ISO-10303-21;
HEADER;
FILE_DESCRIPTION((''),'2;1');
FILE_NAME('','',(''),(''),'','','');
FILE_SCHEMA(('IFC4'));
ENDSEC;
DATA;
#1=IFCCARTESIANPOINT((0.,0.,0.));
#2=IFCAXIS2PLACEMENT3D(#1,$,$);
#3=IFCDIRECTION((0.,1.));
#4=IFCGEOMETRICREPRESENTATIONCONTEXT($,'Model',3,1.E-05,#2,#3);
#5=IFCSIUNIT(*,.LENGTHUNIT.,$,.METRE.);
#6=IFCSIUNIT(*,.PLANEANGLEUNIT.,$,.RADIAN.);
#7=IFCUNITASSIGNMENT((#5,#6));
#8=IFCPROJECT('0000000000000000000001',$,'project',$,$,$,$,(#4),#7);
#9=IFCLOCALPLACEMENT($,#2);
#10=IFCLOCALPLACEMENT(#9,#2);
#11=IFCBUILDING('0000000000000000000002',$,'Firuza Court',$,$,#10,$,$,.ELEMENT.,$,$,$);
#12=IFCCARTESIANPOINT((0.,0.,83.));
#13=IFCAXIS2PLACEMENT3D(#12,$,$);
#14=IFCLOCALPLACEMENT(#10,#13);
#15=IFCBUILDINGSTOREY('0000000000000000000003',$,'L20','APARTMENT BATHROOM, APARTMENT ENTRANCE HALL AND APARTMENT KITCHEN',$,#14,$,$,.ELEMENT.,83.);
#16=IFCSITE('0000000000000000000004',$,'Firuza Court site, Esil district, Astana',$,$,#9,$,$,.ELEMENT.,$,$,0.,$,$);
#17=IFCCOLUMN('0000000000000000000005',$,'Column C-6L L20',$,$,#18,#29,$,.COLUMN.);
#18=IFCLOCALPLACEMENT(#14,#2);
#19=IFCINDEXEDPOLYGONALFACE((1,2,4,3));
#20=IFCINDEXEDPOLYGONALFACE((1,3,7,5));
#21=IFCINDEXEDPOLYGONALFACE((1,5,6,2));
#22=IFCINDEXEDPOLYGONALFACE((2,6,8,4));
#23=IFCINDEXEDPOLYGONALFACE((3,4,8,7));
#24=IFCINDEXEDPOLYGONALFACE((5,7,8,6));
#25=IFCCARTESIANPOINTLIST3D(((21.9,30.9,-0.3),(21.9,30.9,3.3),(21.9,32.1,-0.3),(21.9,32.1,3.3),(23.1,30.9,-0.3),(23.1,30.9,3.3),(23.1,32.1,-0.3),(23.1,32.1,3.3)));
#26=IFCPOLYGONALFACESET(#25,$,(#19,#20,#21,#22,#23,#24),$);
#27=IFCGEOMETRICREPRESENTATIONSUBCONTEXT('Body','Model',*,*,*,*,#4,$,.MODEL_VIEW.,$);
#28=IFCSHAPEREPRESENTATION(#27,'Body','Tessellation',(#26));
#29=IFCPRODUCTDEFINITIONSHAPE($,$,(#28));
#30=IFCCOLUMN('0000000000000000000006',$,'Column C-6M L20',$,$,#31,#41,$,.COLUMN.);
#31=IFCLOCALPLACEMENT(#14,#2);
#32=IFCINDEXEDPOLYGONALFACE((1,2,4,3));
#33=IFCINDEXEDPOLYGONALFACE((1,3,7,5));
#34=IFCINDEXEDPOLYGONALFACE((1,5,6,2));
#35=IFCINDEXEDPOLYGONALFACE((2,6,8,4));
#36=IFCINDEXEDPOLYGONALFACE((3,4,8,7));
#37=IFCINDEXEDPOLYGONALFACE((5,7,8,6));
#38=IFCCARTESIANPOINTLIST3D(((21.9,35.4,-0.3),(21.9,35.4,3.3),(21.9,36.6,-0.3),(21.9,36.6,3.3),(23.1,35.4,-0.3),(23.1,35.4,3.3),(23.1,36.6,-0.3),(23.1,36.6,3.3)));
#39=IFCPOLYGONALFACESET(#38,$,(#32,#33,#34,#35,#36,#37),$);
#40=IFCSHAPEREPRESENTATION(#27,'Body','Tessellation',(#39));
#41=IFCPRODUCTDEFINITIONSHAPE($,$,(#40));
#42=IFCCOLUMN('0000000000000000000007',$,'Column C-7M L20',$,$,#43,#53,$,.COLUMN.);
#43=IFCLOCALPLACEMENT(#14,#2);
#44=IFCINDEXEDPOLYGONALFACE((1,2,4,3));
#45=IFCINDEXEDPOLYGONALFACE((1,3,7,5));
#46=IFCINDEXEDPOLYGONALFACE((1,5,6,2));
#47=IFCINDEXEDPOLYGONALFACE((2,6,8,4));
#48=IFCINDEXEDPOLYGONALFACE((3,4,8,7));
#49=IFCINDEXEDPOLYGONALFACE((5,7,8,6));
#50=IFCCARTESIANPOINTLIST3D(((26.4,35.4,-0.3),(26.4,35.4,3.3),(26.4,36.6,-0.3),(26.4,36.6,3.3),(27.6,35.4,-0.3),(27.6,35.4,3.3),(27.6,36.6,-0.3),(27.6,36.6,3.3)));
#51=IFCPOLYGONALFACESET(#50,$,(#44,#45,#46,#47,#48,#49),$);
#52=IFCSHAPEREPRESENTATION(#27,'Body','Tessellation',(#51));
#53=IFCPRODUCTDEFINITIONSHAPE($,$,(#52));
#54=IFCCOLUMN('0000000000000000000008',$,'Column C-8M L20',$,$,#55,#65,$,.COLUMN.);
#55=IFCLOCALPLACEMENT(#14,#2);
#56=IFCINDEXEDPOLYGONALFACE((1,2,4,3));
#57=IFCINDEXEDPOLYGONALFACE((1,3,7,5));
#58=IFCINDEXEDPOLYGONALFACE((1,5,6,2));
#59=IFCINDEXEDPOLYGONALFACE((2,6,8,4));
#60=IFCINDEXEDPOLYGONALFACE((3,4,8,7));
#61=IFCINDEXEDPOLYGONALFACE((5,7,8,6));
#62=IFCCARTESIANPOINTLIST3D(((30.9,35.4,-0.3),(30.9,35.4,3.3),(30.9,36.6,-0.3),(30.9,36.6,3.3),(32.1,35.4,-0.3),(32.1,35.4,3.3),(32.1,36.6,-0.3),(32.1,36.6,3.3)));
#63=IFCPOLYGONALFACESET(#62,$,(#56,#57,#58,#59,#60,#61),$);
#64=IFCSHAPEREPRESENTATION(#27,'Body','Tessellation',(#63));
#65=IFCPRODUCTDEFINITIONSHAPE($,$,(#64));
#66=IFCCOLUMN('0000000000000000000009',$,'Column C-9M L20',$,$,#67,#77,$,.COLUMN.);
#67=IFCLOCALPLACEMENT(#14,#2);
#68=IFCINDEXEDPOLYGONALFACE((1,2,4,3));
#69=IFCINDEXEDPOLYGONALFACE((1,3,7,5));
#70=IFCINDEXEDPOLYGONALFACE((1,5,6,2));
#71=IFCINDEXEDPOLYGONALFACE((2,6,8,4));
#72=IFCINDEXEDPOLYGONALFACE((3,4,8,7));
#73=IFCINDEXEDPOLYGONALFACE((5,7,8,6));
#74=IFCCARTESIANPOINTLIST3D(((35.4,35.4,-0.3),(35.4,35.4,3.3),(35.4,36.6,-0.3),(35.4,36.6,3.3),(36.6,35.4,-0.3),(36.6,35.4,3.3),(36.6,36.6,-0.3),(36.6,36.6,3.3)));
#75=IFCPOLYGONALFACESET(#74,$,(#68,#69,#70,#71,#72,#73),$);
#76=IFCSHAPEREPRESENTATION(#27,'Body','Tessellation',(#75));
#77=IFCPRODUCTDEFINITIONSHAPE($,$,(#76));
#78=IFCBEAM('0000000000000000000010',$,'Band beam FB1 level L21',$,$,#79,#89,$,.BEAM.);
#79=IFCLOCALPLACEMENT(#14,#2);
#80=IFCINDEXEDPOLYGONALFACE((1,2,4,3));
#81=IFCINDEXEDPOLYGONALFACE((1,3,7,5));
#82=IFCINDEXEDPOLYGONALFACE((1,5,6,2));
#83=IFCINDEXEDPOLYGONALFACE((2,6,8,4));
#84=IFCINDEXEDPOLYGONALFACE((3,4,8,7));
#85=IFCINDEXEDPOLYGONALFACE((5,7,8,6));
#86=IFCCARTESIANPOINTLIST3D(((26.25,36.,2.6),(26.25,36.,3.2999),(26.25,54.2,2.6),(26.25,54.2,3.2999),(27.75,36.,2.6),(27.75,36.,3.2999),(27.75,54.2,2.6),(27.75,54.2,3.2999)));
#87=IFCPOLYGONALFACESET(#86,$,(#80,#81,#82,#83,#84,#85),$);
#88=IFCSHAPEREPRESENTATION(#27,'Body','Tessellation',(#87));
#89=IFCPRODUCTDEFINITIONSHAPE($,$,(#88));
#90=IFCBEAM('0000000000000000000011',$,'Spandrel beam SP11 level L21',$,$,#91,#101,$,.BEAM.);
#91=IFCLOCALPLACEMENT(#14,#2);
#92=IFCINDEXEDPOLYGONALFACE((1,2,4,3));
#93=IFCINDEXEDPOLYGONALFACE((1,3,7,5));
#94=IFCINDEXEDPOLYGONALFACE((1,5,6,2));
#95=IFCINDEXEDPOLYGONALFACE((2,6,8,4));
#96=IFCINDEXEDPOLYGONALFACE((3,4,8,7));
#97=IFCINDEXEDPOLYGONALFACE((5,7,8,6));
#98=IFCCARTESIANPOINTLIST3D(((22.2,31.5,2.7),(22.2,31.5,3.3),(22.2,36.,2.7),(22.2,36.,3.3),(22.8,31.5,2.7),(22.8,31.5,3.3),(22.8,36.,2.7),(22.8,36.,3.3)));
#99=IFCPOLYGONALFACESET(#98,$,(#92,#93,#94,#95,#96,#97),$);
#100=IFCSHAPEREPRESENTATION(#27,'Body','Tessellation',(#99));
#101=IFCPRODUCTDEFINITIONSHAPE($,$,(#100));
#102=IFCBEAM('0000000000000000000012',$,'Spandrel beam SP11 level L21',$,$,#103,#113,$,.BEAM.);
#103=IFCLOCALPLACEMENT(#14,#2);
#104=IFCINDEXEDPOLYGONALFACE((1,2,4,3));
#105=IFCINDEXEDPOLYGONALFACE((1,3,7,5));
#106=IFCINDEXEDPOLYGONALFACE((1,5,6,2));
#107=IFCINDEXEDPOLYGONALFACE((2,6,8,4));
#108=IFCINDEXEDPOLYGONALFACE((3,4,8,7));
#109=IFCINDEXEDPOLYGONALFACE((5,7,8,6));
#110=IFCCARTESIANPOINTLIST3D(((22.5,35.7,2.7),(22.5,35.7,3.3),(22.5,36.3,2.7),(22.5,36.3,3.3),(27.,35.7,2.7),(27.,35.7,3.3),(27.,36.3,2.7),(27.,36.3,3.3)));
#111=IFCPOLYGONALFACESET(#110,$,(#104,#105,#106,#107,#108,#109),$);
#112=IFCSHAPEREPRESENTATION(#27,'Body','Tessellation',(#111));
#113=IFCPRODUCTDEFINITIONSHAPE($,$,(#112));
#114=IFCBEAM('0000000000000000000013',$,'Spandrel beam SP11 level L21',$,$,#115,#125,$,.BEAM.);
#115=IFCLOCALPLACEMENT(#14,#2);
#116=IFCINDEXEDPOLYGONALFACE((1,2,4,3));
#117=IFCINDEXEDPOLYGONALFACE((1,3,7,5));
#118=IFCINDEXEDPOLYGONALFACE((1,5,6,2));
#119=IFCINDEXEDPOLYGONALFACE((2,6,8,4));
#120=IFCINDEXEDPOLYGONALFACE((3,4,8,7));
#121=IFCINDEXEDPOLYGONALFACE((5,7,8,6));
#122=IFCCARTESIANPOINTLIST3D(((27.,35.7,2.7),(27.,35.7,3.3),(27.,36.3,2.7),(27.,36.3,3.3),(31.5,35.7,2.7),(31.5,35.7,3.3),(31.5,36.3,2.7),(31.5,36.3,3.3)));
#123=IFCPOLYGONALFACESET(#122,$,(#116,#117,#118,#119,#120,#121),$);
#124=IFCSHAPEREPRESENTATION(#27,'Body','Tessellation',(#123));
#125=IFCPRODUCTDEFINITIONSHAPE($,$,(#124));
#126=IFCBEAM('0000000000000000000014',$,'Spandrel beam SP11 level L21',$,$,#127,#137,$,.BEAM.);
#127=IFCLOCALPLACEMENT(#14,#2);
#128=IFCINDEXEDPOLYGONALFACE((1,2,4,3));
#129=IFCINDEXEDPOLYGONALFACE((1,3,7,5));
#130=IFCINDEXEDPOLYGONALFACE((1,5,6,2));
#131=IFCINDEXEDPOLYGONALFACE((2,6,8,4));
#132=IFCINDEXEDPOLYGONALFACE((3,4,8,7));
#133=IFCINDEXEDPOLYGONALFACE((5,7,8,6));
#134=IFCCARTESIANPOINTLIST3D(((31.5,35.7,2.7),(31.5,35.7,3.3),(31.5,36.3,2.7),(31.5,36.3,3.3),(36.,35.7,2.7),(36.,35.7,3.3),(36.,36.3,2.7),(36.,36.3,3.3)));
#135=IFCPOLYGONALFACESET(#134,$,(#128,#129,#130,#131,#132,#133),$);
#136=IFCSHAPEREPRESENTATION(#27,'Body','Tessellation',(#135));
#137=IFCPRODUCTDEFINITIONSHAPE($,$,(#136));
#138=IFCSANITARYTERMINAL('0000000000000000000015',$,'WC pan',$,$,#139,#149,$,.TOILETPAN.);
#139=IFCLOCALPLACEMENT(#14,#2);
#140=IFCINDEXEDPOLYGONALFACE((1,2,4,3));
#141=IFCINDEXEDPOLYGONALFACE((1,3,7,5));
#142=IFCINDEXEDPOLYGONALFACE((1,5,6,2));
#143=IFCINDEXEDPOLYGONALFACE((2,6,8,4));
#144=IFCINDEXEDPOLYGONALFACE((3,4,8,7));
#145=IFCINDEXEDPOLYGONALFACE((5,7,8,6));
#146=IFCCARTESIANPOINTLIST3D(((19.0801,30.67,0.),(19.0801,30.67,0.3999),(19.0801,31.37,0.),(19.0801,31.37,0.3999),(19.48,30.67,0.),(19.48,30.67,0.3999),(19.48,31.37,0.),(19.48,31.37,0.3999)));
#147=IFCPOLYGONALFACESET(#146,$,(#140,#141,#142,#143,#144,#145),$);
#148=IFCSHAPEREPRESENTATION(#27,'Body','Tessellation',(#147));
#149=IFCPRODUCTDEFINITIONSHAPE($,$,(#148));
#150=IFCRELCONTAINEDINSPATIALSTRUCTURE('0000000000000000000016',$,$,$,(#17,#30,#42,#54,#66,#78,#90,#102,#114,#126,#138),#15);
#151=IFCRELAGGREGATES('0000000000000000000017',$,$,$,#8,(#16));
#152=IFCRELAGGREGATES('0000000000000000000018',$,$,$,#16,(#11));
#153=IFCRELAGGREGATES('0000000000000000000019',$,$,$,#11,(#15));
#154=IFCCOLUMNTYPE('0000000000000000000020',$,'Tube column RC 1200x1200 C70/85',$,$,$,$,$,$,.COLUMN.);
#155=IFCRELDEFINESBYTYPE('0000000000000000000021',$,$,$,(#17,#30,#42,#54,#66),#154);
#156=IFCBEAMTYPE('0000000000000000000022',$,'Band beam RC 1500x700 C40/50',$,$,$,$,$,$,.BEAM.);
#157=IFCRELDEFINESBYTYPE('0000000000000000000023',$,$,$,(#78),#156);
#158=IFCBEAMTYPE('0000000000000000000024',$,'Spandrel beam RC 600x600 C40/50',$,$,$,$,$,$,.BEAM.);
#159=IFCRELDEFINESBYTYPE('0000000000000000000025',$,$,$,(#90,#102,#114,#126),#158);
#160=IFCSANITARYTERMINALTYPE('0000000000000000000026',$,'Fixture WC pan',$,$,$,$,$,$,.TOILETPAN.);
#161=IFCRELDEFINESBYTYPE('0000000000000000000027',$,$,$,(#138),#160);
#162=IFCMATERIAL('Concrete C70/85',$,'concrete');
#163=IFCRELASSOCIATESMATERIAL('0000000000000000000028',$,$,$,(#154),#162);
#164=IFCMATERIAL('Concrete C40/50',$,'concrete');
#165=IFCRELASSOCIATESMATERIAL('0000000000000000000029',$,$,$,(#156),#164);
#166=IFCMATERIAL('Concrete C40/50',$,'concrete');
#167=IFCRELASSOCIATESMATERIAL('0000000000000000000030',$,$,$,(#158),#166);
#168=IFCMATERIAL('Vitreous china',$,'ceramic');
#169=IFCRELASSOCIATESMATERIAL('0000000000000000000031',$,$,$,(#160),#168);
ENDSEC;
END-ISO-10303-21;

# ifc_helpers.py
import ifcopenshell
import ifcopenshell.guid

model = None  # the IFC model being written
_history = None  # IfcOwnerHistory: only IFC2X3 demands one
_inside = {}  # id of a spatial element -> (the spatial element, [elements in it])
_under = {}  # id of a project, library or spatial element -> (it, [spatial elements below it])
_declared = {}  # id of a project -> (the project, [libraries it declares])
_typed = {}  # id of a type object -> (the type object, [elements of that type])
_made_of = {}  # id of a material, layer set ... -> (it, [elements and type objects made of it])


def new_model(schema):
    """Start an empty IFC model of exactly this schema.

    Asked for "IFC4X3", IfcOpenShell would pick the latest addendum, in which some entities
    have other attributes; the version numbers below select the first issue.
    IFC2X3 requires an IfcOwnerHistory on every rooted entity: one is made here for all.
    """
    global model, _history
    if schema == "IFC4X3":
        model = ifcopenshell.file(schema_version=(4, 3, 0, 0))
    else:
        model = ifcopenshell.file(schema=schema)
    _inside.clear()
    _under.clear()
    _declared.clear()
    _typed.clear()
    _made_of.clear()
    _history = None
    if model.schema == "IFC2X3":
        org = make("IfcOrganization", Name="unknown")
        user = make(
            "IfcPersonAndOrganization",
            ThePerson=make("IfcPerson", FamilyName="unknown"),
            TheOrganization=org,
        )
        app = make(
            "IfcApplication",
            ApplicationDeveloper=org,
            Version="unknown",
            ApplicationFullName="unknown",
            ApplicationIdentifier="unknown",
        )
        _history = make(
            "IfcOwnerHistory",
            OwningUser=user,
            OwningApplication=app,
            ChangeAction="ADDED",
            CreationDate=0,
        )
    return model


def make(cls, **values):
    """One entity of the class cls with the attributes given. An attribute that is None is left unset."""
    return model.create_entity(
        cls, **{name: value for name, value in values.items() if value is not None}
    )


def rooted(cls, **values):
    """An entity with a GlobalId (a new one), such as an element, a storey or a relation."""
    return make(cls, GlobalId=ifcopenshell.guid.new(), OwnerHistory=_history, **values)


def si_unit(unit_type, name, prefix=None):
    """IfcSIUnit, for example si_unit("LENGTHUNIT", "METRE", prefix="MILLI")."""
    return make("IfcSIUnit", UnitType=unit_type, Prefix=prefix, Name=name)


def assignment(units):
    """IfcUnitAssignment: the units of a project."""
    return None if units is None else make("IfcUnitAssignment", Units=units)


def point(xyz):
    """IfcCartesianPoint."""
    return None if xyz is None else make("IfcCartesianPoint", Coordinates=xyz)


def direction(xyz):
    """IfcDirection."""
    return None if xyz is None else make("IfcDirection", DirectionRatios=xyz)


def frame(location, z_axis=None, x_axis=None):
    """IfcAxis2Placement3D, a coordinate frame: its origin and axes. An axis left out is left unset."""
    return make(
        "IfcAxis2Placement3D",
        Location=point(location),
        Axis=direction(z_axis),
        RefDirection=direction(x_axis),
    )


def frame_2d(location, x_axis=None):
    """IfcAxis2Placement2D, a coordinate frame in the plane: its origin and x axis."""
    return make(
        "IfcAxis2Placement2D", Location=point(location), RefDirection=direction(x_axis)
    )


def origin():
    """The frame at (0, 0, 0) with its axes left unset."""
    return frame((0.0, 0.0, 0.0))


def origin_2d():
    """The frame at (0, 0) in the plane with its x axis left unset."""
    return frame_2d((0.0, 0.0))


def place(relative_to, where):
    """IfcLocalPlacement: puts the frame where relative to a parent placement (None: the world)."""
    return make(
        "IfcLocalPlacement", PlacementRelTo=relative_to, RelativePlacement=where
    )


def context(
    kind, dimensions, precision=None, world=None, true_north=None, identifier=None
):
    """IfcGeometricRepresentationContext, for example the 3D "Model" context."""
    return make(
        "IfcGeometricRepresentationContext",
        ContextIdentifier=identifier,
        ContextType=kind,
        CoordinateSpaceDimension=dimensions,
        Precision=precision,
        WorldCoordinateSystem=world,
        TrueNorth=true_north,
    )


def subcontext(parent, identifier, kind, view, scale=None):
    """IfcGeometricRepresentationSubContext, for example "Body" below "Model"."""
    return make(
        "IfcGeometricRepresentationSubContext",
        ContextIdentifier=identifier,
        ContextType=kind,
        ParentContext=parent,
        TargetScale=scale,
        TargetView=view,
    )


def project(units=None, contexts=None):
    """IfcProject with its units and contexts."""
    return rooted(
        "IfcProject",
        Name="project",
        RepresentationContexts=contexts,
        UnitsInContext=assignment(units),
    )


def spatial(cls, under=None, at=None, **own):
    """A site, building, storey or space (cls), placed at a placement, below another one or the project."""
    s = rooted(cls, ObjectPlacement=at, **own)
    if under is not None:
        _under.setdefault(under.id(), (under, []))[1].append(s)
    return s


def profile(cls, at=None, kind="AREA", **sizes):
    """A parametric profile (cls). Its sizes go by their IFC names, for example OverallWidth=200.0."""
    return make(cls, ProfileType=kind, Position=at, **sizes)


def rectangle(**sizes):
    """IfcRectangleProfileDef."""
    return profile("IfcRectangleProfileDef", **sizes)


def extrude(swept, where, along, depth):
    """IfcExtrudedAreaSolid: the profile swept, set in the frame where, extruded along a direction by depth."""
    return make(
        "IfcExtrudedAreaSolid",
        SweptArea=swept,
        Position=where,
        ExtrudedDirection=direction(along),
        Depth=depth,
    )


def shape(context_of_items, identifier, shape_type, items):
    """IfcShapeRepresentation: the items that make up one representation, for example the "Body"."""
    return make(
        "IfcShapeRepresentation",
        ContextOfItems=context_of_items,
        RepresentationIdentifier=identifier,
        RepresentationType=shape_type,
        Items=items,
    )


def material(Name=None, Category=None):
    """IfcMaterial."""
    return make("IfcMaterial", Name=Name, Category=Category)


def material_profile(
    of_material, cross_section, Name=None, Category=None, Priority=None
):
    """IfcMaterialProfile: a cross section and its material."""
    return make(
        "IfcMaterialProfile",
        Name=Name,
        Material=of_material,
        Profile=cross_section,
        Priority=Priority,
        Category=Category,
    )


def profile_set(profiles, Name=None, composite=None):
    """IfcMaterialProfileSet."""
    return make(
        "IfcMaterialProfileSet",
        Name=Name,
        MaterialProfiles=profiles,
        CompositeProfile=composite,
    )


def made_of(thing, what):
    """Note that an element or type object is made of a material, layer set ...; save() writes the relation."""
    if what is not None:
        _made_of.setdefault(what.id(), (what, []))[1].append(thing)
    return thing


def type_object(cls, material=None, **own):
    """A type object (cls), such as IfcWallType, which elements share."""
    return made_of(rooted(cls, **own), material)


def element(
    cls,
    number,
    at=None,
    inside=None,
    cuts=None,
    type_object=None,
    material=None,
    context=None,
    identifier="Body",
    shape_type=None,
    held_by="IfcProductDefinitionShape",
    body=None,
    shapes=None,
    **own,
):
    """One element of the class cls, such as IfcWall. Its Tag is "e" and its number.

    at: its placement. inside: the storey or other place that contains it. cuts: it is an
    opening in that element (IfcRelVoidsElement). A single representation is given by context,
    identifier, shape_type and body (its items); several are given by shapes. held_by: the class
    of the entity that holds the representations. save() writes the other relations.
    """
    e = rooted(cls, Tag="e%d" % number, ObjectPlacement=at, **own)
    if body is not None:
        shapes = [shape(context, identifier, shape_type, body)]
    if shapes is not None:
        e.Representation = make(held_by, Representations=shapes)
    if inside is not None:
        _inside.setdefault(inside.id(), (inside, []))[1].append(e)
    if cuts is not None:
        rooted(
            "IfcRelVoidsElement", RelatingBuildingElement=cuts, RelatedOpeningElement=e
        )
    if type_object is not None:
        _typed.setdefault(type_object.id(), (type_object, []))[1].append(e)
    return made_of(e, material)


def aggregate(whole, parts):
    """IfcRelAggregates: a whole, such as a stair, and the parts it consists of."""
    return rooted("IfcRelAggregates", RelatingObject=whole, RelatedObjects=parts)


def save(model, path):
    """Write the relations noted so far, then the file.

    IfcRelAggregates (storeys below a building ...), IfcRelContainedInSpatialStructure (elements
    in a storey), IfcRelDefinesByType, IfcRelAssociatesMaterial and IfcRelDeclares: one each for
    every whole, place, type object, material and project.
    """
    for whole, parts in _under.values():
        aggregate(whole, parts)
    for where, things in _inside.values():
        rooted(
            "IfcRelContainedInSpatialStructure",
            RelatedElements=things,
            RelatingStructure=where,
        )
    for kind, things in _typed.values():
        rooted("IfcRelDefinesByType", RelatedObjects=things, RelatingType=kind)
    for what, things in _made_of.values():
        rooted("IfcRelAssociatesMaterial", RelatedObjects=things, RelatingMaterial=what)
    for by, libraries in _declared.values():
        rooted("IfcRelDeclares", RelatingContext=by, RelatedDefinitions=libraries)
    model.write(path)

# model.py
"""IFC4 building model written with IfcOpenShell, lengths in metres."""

from ifc_helpers import new_model, si_unit, direction, frame, origin, origin_2d, place, context, subcontext, project, spatial, rectangle, extrude, material, material_profile, profile_set, type_object, element, save


model = new_model("IFC4")

# Units and contexts
model_context = context("Model", 3, precision=1e-05, world=origin(), true_north=direction((0.0, 1.0)))
body_context = subcontext(model_context, "Body", "Model", "MODEL_VIEW")
ifc_project = project(units=[si_unit("LENGTHUNIT", "METRE"), si_unit("PLANEANGLEUNIT", "RADIAN")], contexts=[model_context])

# Site, building, storey
site_placement = place(None, origin())
site = spatial("IfcSite", under=ifc_project, at=site_placement, Name="Firuza Court site, Esil district, Astana", CompositionType="ELEMENT", RefElevation=0.0)
building_placement = place(site_placement, origin())
building = spatial("IfcBuilding", under=site, at=building_placement, Name="Firuza Court", CompositionType="ELEMENT")
storey_placement = place(building_placement, frame((0.0, 0.0, 83.0)))
storey = spatial("IfcBuildingStorey", under=building, at=storey_placement, Name="L20", Description="APARTMENT BATHROOM, APARTMENT ENTRANCE HALL AND APARTMENT KITCHEN", CompositionType="ELEMENT", Elevation=83.0)

# Columns
ifc_material_1 = material(Name="Concrete C70/85", Category="concrete")
ifc_material_profile_1 = material_profile(ifc_material_1, rectangle(XDim=1.2, YDim=1.2, at=origin_2d()), Name="RC 1200x1200")
ifc_profile_set_1 = profile_set([ifc_material_profile_1], Name="Concrete C70/85")
column_type = type_object("IfcColumnType", Name="Tube column RC 1200x1200 C70/85", PredefinedType="COLUMN", material=ifc_profile_set_1)
for number, where, z_axis, x_axis, name in (
    (1, (22.5, 31.5, -0.3), (0.0, 0.0, 1.0), (1.0, 0.0, 0.0), "Column C-6L L20"),
    (2, (22.5, 36.0, -0.3), (0.0, 0.0, 1.0), (1.0, 0.0, 0.0), "Column C-6M L20"),
    (3, (27.0, 36.0, -0.3), (0.0, 0.0, 1.0), (1.0, 0.0, 0.0), "Column C-7M L20"),
    (4, (31.5, 36.0, -0.3), (0.0, 0.0, 1.0), (1.0, 0.0, 0.0), "Column C-8M L20"),
    (5, (36.0, 36.0, -0.3), (0.0, 0.0, 1.0), (1.0, 0.0, 0.0), "Column C-9M L20"),
):
    element("IfcColumn", number, at=place(storey_placement, frame(where, z_axis=z_axis, x_axis=x_axis)), inside=storey, type_object=column_type, Name=name, PredefinedType="COLUMN", context=body_context, shape_type="SweptSolid", body=[
        extrude(rectangle(XDim=1.2, YDim=1.2, at=origin_2d()), origin(), (0.0, 0.0, 1.0), 3.6001),
    ])

# Beams
ifc_material_2 = material(Name="Concrete C40/50", Category="concrete")
ifc_material_profile_2 = material_profile(ifc_material_2, rectangle(XDim=1.5, YDim=0.7, at=origin_2d()), Name="RC 1500x700")
ifc_profile_set_2 = profile_set([ifc_material_profile_2], Name="Concrete C40/50")
beam_type_1 = type_object("IfcBeamType", Name="Band beam RC 1500x700 C40/50", PredefinedType="BEAM", material=ifc_profile_set_2)
beam_placement = place(storey_placement, frame((27.0, 36.0, 2.95), z_axis=(0.0, 1.0, 0.0), x_axis=(-1.0, 0.0, 0.0)))
element("IfcBeam", 6, at=beam_placement, inside=storey, type_object=beam_type_1, Name="Band beam FB1 level L21", PredefinedType="BEAM", context=body_context, shape_type="SweptSolid", body=[
    extrude(rectangle(XDim=1.5, YDim=0.7, at=origin_2d()), origin(), (0.0, 0.0, 1.0), 18.2),
])
ifc_material_3 = material(Name="Concrete C40/50", Category="concrete")
ifc_material_profile_3 = material_profile(ifc_material_3, rectangle(XDim=0.6001, YDim=0.6001, at=origin_2d()), Name="RC 600x600")
ifc_profile_set_3 = profile_set([ifc_material_profile_3], Name="Concrete C40/50")
beam_type_2 = type_object("IfcBeamType", Name="Spandrel beam RC 600x600 C40/50", PredefinedType="BEAM", material=ifc_profile_set_3)
for number, where, z_axis, x_axis, name in (
    (7, (22.5, 31.5, 3.0), (0.0, 1.0, 0.0), (-1.0, 0.0, 0.0), "Spandrel beam SP11 level L21"),
    (8, (22.5, 36.0, 3.0), (1.0, 0.0, 0.0), (0.0, 1.0, 0.0), "Spandrel beam SP11 level L21"),
    (9, (27.0, 36.0, 3.0), (1.0, 0.0, 0.0), (0.0, 1.0, 0.0), "Spandrel beam SP11 level L21"),
    (10, (31.5, 36.0, 3.0), (1.0, 0.0, 0.0), (0.0, 1.0, 0.0), "Spandrel beam SP11 level L21"),
):
    element("IfcBeam", number, at=place(storey_placement, frame(where, z_axis=z_axis, x_axis=x_axis)), inside=storey, type_object=beam_type_2, Name=name, PredefinedType="BEAM", context=body_context, shape_type="SweptSolid", body=[
        extrude(rectangle(XDim=0.6001, YDim=0.6001, at=origin_2d()), origin(), (0.0, 0.0, 1.0), 4.5),
    ])

# Sanitary terminal
ifc_material_4 = material(Name="Vitreous china", Category="ceramic")
sanitary_terminal_type = type_object("IfcSanitaryTerminalType", Name="Fixture WC pan", PredefinedType="TOILETPAN", material=ifc_material_4)
sanitary_terminal_placement = place(storey_placement, frame((19.28, 31.02, 0.0), z_axis=(0.0, 0.0, 1.0), x_axis=(1.0, 0.0, 0.0)))
element("IfcSanitaryTerminal", 11, at=sanitary_terminal_placement, inside=storey, type_object=sanitary_terminal_type, Name="WC pan", PredefinedType="TOILETPAN", context=body_context, shape_type="SweptSolid", body=[
    extrude(rectangle(XDim=0.3999, YDim=0.7, at=origin_2d()), origin(), (0.0, 0.0, 1.0), 0.3999),
])

save(model, "model.ifc")
